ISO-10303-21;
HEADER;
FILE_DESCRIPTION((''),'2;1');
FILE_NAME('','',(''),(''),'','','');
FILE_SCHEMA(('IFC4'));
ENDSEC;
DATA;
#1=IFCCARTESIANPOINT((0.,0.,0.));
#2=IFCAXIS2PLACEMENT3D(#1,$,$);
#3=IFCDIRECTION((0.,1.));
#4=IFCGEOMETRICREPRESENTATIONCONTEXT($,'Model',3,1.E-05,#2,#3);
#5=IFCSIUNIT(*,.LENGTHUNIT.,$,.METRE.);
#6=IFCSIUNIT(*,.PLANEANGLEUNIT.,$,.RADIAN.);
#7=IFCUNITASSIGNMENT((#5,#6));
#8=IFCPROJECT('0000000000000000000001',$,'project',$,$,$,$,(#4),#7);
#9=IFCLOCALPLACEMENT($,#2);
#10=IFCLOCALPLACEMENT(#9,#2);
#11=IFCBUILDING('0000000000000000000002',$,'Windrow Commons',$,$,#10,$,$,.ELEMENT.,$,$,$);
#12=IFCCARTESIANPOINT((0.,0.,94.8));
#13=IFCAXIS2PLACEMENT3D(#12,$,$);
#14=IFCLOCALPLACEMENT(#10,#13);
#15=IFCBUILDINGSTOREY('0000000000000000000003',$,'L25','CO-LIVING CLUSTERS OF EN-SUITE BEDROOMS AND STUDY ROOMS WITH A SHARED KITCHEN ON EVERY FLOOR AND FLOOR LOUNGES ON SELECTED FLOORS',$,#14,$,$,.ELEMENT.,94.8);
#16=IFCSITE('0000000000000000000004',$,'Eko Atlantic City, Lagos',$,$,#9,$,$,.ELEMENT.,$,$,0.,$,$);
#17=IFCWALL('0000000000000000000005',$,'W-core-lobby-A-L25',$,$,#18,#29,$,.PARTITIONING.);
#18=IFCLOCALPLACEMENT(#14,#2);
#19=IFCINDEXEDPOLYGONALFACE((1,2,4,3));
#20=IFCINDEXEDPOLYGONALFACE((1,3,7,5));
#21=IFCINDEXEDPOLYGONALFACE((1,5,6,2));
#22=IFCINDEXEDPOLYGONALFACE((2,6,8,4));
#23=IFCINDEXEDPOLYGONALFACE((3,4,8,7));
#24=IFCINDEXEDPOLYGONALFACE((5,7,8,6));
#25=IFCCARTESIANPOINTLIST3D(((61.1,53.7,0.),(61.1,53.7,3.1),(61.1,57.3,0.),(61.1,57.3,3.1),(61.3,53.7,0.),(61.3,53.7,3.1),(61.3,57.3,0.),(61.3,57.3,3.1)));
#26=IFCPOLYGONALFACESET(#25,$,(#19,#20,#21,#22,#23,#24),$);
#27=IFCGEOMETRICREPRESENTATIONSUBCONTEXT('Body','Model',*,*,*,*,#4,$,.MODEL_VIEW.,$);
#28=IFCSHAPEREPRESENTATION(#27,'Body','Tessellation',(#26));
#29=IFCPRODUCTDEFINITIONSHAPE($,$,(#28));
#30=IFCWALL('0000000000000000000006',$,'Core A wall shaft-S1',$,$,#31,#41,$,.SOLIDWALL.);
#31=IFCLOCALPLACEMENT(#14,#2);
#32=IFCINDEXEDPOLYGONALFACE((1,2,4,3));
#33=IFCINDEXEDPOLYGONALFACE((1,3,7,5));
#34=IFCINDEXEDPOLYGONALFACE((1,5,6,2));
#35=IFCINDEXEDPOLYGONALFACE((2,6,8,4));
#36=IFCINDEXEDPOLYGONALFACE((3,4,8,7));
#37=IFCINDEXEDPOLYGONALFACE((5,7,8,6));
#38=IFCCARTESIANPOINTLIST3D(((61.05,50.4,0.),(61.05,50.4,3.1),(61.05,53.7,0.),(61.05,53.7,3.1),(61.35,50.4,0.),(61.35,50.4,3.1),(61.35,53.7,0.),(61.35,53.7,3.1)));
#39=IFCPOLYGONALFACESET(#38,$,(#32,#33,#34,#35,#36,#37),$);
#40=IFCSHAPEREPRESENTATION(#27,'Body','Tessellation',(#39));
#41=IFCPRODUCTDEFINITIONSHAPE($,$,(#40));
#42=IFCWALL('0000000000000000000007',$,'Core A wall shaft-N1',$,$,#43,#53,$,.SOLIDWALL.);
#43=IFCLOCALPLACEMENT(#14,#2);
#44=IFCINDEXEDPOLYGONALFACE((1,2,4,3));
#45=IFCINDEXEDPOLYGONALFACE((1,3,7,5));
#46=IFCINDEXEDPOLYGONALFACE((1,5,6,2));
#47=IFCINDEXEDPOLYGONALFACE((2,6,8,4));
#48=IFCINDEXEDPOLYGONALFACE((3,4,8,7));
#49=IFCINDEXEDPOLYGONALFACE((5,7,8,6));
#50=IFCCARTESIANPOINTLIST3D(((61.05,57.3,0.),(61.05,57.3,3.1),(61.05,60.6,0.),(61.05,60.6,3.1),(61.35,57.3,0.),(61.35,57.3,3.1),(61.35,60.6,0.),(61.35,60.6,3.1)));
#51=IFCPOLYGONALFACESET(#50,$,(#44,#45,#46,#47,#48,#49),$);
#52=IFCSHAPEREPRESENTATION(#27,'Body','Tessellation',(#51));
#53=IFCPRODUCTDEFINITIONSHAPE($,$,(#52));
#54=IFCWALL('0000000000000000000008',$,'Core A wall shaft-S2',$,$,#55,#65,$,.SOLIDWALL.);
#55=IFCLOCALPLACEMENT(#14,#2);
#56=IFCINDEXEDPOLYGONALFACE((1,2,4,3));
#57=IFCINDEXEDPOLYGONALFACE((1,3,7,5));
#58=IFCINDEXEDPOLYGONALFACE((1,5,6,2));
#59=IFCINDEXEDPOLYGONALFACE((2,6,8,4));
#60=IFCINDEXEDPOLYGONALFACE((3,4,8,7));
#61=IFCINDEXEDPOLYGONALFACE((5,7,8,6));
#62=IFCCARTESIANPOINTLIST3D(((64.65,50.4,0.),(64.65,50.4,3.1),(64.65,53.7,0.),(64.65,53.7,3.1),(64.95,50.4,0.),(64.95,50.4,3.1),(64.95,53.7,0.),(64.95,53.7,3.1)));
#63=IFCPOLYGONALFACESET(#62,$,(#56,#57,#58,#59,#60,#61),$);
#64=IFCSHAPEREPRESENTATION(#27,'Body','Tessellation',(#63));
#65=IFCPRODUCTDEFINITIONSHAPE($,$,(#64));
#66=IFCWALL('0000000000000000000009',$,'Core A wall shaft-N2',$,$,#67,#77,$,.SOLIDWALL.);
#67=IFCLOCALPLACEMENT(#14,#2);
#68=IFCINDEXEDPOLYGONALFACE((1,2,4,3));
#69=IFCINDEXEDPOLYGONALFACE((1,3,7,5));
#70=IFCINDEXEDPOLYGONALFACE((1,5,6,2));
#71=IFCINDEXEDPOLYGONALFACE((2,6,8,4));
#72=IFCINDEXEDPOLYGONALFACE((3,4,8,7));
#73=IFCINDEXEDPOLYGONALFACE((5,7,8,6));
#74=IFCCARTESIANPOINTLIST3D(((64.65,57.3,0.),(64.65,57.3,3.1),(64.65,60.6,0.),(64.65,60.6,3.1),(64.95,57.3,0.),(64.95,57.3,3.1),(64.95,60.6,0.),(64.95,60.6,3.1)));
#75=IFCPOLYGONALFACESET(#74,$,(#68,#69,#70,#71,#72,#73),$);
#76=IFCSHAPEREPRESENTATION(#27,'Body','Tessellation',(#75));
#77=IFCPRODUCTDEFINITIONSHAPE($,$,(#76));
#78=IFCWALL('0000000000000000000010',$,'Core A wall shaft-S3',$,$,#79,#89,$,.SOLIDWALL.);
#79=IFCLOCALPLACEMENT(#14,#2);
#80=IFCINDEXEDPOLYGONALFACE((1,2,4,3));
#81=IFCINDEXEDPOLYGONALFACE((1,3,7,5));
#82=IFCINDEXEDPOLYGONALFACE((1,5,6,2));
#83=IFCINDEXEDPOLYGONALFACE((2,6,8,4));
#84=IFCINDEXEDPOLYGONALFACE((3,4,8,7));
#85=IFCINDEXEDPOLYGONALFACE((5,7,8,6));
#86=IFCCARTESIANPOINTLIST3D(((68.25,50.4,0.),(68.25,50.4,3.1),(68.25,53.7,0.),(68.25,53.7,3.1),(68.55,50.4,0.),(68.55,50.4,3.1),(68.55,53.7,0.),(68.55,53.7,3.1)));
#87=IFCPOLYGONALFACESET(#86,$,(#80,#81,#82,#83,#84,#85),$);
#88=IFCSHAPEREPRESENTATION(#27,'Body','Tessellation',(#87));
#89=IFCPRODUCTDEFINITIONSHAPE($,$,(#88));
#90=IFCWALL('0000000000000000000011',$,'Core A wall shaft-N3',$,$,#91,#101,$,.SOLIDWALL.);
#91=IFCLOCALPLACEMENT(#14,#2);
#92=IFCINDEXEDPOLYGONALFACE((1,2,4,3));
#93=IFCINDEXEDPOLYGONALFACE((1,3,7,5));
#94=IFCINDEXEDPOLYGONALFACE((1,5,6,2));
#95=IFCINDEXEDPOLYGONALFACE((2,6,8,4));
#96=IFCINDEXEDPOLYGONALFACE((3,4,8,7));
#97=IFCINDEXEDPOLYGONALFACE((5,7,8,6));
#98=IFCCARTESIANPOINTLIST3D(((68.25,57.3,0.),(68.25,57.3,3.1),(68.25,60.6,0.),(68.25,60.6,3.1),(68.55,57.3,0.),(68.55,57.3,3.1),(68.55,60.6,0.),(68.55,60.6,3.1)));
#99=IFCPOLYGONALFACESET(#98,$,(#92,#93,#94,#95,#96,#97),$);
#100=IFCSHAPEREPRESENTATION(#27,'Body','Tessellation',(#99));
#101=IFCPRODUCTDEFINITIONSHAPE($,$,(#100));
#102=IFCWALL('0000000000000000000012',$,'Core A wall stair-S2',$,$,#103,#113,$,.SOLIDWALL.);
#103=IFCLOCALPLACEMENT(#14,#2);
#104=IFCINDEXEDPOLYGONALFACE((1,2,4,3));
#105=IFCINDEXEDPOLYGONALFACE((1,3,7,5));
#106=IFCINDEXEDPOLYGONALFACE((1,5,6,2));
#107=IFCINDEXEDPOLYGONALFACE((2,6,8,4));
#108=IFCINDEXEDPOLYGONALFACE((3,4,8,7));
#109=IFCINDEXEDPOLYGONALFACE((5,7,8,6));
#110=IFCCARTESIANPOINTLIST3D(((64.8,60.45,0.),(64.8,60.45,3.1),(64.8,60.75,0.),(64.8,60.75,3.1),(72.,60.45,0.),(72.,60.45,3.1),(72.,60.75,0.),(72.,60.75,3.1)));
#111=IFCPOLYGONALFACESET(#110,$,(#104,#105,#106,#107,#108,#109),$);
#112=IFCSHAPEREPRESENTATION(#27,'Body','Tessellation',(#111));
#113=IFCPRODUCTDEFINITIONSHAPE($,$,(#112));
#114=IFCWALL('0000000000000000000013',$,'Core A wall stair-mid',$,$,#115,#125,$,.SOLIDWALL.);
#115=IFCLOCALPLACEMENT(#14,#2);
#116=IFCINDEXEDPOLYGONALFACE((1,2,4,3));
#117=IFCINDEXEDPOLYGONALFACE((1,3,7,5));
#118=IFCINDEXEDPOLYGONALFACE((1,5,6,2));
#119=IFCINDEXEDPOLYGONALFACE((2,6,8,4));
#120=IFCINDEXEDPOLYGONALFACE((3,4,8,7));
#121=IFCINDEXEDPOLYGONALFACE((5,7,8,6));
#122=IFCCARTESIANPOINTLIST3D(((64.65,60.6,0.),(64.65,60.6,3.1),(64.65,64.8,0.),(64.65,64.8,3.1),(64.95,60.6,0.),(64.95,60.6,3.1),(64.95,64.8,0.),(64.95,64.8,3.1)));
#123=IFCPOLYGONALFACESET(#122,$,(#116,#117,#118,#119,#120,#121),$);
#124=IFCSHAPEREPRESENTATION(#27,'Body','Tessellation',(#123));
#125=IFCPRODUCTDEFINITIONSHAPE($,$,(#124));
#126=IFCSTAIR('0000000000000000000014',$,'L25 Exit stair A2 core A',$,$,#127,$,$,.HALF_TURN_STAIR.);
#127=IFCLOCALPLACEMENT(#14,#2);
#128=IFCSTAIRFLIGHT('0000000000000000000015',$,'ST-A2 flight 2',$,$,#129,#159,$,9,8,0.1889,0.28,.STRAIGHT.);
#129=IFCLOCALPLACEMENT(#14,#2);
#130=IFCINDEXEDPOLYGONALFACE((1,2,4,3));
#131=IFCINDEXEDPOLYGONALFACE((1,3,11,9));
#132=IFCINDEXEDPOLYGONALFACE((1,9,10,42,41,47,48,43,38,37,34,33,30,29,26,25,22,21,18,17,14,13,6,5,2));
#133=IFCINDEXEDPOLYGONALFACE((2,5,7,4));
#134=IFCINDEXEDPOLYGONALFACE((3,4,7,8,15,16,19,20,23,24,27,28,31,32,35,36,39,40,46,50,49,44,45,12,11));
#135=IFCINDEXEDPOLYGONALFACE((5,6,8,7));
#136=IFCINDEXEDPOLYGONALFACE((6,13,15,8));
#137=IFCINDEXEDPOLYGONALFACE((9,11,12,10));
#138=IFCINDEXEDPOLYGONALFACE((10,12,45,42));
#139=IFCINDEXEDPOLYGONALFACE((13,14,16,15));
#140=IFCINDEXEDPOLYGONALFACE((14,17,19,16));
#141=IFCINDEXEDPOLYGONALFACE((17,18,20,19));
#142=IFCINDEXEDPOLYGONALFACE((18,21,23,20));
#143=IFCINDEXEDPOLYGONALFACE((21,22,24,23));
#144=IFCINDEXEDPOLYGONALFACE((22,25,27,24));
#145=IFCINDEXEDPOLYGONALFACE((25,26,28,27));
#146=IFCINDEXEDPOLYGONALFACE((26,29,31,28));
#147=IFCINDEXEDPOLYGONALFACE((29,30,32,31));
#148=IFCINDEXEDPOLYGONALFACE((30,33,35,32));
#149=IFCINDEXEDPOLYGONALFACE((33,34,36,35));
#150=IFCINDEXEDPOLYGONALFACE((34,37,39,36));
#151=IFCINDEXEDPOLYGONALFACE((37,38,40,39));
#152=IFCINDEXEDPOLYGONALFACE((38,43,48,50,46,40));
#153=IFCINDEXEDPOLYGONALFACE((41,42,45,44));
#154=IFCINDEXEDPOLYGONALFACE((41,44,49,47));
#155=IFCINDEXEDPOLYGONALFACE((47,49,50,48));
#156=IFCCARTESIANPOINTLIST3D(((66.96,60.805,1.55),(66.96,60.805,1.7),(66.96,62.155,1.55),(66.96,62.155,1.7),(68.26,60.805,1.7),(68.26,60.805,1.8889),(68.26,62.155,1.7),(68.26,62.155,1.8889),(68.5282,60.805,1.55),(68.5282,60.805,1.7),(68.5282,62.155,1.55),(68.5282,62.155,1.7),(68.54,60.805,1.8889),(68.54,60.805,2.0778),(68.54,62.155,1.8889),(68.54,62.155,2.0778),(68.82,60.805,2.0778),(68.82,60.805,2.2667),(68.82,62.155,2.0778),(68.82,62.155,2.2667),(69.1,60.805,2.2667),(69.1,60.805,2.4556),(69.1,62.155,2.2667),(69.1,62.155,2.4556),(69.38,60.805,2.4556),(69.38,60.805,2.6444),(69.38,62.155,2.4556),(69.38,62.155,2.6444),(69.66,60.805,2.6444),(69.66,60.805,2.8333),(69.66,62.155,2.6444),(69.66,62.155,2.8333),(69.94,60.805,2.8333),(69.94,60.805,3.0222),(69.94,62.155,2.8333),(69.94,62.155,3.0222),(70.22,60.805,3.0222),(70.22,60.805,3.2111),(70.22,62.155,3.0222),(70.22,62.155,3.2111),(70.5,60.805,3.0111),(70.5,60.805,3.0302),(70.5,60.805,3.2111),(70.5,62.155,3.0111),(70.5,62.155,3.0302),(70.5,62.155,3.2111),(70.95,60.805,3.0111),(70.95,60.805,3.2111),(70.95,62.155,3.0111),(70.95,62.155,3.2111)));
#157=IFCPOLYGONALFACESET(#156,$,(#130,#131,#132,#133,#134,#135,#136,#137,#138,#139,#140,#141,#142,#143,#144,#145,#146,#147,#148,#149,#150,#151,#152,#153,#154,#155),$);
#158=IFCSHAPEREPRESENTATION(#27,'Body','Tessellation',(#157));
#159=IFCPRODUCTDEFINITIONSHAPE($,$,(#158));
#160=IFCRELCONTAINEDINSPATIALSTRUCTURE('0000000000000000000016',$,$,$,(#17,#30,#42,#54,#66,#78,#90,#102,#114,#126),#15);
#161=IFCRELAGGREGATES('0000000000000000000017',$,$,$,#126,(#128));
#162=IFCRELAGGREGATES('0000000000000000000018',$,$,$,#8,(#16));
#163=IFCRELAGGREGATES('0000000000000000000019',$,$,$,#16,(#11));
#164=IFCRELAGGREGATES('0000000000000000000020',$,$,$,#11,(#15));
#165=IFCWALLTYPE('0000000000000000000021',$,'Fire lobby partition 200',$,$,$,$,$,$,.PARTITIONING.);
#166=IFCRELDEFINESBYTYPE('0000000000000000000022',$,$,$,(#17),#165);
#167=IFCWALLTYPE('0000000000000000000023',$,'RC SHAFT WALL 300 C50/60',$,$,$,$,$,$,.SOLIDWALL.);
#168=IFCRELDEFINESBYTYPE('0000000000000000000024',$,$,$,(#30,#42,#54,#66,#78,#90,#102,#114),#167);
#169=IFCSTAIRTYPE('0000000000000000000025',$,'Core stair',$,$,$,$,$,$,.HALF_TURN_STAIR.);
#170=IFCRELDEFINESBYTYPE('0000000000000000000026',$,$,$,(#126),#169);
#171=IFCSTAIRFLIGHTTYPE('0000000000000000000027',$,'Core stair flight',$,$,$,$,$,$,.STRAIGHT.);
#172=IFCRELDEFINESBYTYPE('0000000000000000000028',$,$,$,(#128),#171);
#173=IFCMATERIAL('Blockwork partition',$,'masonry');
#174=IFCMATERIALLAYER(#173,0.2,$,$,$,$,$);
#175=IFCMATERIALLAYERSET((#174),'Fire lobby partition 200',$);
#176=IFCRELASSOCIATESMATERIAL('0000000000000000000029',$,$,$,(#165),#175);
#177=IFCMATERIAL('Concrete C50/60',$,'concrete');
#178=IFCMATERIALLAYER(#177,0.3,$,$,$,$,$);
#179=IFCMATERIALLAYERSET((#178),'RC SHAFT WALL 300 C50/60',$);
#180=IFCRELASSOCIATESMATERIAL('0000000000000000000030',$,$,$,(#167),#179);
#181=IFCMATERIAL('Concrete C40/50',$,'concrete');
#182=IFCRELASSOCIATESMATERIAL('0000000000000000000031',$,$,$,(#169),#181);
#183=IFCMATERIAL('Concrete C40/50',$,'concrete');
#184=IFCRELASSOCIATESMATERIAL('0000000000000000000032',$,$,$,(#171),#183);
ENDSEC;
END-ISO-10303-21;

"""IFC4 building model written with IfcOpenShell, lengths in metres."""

from ifc_helpers import new_model, si_unit, direction, frame, frame_2d, origin, place, context, subcontext, project, spatial, polyline, rectangle, outline, extrude, material, layer, layer_set, type_object, element, aggregate, save


model = new_model("IFC4")

# Units and contexts
model_context = context("Model", 3, precision=1e-05, world=origin(), true_north=direction((0.0, 1.0)))
body_context = subcontext(model_context, "Body", "Model", "MODEL_VIEW")
ifc_project = project(units=[si_unit("LENGTHUNIT", "METRE"), si_unit("PLANEANGLEUNIT", "RADIAN")], contexts=[model_context])

# Site, building, storey
site_placement = place(None, origin())
site = spatial("IfcSite", under=ifc_project, at=site_placement, Name="Eko Atlantic City, Lagos", CompositionType="ELEMENT", RefElevation=0.0)
building_placement = place(site_placement, origin())
building = spatial("IfcBuilding", under=site, at=building_placement, Name="Windrow Commons", CompositionType="ELEMENT")
storey_placement = place(building_placement, frame((0.0, 0.0, 94.8)))
storey = spatial("IfcBuildingStorey", under=building, at=storey_placement, Name="L25", Description="CO-LIVING CLUSTERS OF EN-SUITE BEDROOMS AND STUDY ROOMS WITH A SHARED KITCHEN ON EVERY FLOOR AND FLOOR LOUNGES ON SELECTED FLOORS", CompositionType="ELEMENT", Elevation=94.8)

# Walls
ifc_material_1 = material(Name="Blockwork partition", Category="masonry")
ifc_layer_1 = layer(ifc_material_1, 0.2)
ifc_layer_set_1 = layer_set([ifc_layer_1], Name="Fire lobby partition 200")
wall_type_1 = type_object("IfcWallType", Name="Fire lobby partition 200", PredefinedType="PARTITIONING", material=ifc_layer_set_1)
wall_1_placement = place(storey_placement, frame((61.2, 53.7, 0.0), z_axis=(0.0, 0.0, 1.0), x_axis=(0.0, 1.0, 0.0)))
element("IfcWall", 1, at=wall_1_placement, inside=storey, type_object=wall_type_1, Name="W-core-lobby-A-L25", PredefinedType="PARTITIONING", context=body_context, shape_type="SweptSolid", body=[
    extrude(rectangle(XDim=3.6, YDim=0.2, at=frame_2d((1.8, 0.0))), origin(), (0.0, 0.0, 1.0), 3.1),
])
ifc_material_2 = material(Name="Concrete C50/60", Category="concrete")
ifc_layer_2 = layer(ifc_material_2, 0.3)
ifc_layer_set_2 = layer_set([ifc_layer_2], Name="RC SHAFT WALL 300 C50/60")
wall_type_2 = type_object("IfcWallType", Name="RC SHAFT WALL 300 C50/60", PredefinedType="SOLIDWALL", material=ifc_layer_set_2)
for number, where, z_axis, x_axis, name in (
    (2, (61.2, 50.4, 0.0), (0.0, 0.0, 1.0), (0.0, 1.0, 0.0), "Core A wall shaft-S1"),
    (3, (61.2, 57.3, 0.0), (0.0, 0.0, 1.0), (0.0, 1.0, 0.0), "Core A wall shaft-N1"),
    (4, (64.8, 50.4, 0.0), (0.0, 0.0, 1.0), (0.0, 1.0, 0.0), "Core A wall shaft-S2"),
    (5, (64.8, 57.3, 0.0), (0.0, 0.0, 1.0), (0.0, 1.0, 0.0), "Core A wall shaft-N2"),
    (6, (68.4, 50.4, 0.0), (0.0, 0.0, 1.0), (0.0, 1.0, 0.0), "Core A wall shaft-S3"),
    (7, (68.4, 57.3, 0.0), (0.0, 0.0, 1.0), (0.0, 1.0, 0.0), "Core A wall shaft-N3"),
):
    element("IfcWall", number, at=place(storey_placement, frame(where, z_axis=z_axis, x_axis=x_axis)), inside=storey, type_object=wall_type_2, Name=name, PredefinedType="SOLIDWALL", context=body_context, shape_type="SweptSolid", body=[
        extrude(rectangle(XDim=3.3, YDim=0.3, at=frame_2d((1.65, 0.0))), origin(), (0.0, 0.0, 1.0), 3.1),
    ])
wall_2_placement = place(storey_placement, frame((64.8, 60.6, 0.0), z_axis=(0.0, 0.0, 1.0), x_axis=(1.0, 0.0, 0.0)))
element("IfcWall", 8, at=wall_2_placement, inside=storey, type_object=wall_type_2, Name="Core A wall stair-S2", PredefinedType="SOLIDWALL", context=body_context, shape_type="SweptSolid", body=[
    extrude(rectangle(XDim=7.2, YDim=0.3, at=frame_2d((3.6, 0.0))), origin(), (0.0, 0.0, 1.0), 3.1),
])
wall_3_placement = place(storey_placement, frame((64.8, 60.6, 0.0), z_axis=(0.0, 0.0, 1.0), x_axis=(0.0, 1.0, 0.0)))
element("IfcWall", 9, at=wall_3_placement, inside=storey, type_object=wall_type_2, Name="Core A wall stair-mid", PredefinedType="SOLIDWALL", context=body_context, shape_type="SweptSolid", body=[
    extrude(rectangle(XDim=4.2, YDim=0.3, at=frame_2d((2.1, 0.0))), origin(), (0.0, 0.0, 1.0), 3.1),
])

# Stair, stair flight
ifc_material_3 = material(Name="Concrete C40/50", Category="concrete")
stair_type = type_object("IfcStairType", Name="Core stair", PredefinedType="HALF_TURN_STAIR", material=ifc_material_3)
stair_placement = place(storey_placement, origin())
stair = element("IfcStair", 10, at=stair_placement, inside=storey, type_object=stair_type, Name="L25 Exit stair A2 core A", PredefinedType="HALF_TURN_STAIR")
ifc_material_4 = material(Name="Concrete C40/50", Category="concrete")
stair_flight_type = type_object("IfcStairFlightType", Name="Core stair flight", PredefinedType="STRAIGHT", material=ifc_material_4)
stair_flight_placement = place(storey_placement, frame((68.26, 61.48, 1.7), z_axis=(0.0, 0.0, 1.0), x_axis=(1.0, 0.0, 0.0)))
stair_flight = element("IfcStairFlight", 11, at=stair_flight_placement, type_object=stair_flight_type, Name="ST-A2 flight 2", NumberOfRisers=9, NumberOfTreads=8, PredefinedType="STRAIGHT", RiserHeight=0.1889, TreadLength=0.28, context=body_context, shape_type="SweptSolid", body=[
    extrude(outline(polyline([(-1.3, -0.15), (-1.3, 0.0), (0.0, 0.0), (0.0, 0.1889), (0.28, 0.1889), (0.28, 0.3778), (0.56, 0.3778), (0.56, 0.5667), (0.84, 0.5667), (0.84, 0.7556), (1.12, 0.7556), (1.12, 0.9444), (1.4, 0.9444), (1.4, 1.1333), (1.68, 1.1333), (1.68, 1.3222), (1.96, 1.3222), (1.96, 1.5111), (2.24, 1.5111), (2.69, 1.5111), (2.69, 1.3111), (2.24, 1.3111), (2.24, 1.3302), (0.2682, 0.0), (0.2682, -0.15), (-1.3, -0.15)])), frame((0.0, 0.675, 0.0), z_axis=(0.0, -1.0, 0.0), x_axis=(1.0, 0.0, 0.0)), (0.0, 0.0, 1.0), 1.35),
])
aggregate(stair, [stair_flight])

save(model, "model.ifc")
